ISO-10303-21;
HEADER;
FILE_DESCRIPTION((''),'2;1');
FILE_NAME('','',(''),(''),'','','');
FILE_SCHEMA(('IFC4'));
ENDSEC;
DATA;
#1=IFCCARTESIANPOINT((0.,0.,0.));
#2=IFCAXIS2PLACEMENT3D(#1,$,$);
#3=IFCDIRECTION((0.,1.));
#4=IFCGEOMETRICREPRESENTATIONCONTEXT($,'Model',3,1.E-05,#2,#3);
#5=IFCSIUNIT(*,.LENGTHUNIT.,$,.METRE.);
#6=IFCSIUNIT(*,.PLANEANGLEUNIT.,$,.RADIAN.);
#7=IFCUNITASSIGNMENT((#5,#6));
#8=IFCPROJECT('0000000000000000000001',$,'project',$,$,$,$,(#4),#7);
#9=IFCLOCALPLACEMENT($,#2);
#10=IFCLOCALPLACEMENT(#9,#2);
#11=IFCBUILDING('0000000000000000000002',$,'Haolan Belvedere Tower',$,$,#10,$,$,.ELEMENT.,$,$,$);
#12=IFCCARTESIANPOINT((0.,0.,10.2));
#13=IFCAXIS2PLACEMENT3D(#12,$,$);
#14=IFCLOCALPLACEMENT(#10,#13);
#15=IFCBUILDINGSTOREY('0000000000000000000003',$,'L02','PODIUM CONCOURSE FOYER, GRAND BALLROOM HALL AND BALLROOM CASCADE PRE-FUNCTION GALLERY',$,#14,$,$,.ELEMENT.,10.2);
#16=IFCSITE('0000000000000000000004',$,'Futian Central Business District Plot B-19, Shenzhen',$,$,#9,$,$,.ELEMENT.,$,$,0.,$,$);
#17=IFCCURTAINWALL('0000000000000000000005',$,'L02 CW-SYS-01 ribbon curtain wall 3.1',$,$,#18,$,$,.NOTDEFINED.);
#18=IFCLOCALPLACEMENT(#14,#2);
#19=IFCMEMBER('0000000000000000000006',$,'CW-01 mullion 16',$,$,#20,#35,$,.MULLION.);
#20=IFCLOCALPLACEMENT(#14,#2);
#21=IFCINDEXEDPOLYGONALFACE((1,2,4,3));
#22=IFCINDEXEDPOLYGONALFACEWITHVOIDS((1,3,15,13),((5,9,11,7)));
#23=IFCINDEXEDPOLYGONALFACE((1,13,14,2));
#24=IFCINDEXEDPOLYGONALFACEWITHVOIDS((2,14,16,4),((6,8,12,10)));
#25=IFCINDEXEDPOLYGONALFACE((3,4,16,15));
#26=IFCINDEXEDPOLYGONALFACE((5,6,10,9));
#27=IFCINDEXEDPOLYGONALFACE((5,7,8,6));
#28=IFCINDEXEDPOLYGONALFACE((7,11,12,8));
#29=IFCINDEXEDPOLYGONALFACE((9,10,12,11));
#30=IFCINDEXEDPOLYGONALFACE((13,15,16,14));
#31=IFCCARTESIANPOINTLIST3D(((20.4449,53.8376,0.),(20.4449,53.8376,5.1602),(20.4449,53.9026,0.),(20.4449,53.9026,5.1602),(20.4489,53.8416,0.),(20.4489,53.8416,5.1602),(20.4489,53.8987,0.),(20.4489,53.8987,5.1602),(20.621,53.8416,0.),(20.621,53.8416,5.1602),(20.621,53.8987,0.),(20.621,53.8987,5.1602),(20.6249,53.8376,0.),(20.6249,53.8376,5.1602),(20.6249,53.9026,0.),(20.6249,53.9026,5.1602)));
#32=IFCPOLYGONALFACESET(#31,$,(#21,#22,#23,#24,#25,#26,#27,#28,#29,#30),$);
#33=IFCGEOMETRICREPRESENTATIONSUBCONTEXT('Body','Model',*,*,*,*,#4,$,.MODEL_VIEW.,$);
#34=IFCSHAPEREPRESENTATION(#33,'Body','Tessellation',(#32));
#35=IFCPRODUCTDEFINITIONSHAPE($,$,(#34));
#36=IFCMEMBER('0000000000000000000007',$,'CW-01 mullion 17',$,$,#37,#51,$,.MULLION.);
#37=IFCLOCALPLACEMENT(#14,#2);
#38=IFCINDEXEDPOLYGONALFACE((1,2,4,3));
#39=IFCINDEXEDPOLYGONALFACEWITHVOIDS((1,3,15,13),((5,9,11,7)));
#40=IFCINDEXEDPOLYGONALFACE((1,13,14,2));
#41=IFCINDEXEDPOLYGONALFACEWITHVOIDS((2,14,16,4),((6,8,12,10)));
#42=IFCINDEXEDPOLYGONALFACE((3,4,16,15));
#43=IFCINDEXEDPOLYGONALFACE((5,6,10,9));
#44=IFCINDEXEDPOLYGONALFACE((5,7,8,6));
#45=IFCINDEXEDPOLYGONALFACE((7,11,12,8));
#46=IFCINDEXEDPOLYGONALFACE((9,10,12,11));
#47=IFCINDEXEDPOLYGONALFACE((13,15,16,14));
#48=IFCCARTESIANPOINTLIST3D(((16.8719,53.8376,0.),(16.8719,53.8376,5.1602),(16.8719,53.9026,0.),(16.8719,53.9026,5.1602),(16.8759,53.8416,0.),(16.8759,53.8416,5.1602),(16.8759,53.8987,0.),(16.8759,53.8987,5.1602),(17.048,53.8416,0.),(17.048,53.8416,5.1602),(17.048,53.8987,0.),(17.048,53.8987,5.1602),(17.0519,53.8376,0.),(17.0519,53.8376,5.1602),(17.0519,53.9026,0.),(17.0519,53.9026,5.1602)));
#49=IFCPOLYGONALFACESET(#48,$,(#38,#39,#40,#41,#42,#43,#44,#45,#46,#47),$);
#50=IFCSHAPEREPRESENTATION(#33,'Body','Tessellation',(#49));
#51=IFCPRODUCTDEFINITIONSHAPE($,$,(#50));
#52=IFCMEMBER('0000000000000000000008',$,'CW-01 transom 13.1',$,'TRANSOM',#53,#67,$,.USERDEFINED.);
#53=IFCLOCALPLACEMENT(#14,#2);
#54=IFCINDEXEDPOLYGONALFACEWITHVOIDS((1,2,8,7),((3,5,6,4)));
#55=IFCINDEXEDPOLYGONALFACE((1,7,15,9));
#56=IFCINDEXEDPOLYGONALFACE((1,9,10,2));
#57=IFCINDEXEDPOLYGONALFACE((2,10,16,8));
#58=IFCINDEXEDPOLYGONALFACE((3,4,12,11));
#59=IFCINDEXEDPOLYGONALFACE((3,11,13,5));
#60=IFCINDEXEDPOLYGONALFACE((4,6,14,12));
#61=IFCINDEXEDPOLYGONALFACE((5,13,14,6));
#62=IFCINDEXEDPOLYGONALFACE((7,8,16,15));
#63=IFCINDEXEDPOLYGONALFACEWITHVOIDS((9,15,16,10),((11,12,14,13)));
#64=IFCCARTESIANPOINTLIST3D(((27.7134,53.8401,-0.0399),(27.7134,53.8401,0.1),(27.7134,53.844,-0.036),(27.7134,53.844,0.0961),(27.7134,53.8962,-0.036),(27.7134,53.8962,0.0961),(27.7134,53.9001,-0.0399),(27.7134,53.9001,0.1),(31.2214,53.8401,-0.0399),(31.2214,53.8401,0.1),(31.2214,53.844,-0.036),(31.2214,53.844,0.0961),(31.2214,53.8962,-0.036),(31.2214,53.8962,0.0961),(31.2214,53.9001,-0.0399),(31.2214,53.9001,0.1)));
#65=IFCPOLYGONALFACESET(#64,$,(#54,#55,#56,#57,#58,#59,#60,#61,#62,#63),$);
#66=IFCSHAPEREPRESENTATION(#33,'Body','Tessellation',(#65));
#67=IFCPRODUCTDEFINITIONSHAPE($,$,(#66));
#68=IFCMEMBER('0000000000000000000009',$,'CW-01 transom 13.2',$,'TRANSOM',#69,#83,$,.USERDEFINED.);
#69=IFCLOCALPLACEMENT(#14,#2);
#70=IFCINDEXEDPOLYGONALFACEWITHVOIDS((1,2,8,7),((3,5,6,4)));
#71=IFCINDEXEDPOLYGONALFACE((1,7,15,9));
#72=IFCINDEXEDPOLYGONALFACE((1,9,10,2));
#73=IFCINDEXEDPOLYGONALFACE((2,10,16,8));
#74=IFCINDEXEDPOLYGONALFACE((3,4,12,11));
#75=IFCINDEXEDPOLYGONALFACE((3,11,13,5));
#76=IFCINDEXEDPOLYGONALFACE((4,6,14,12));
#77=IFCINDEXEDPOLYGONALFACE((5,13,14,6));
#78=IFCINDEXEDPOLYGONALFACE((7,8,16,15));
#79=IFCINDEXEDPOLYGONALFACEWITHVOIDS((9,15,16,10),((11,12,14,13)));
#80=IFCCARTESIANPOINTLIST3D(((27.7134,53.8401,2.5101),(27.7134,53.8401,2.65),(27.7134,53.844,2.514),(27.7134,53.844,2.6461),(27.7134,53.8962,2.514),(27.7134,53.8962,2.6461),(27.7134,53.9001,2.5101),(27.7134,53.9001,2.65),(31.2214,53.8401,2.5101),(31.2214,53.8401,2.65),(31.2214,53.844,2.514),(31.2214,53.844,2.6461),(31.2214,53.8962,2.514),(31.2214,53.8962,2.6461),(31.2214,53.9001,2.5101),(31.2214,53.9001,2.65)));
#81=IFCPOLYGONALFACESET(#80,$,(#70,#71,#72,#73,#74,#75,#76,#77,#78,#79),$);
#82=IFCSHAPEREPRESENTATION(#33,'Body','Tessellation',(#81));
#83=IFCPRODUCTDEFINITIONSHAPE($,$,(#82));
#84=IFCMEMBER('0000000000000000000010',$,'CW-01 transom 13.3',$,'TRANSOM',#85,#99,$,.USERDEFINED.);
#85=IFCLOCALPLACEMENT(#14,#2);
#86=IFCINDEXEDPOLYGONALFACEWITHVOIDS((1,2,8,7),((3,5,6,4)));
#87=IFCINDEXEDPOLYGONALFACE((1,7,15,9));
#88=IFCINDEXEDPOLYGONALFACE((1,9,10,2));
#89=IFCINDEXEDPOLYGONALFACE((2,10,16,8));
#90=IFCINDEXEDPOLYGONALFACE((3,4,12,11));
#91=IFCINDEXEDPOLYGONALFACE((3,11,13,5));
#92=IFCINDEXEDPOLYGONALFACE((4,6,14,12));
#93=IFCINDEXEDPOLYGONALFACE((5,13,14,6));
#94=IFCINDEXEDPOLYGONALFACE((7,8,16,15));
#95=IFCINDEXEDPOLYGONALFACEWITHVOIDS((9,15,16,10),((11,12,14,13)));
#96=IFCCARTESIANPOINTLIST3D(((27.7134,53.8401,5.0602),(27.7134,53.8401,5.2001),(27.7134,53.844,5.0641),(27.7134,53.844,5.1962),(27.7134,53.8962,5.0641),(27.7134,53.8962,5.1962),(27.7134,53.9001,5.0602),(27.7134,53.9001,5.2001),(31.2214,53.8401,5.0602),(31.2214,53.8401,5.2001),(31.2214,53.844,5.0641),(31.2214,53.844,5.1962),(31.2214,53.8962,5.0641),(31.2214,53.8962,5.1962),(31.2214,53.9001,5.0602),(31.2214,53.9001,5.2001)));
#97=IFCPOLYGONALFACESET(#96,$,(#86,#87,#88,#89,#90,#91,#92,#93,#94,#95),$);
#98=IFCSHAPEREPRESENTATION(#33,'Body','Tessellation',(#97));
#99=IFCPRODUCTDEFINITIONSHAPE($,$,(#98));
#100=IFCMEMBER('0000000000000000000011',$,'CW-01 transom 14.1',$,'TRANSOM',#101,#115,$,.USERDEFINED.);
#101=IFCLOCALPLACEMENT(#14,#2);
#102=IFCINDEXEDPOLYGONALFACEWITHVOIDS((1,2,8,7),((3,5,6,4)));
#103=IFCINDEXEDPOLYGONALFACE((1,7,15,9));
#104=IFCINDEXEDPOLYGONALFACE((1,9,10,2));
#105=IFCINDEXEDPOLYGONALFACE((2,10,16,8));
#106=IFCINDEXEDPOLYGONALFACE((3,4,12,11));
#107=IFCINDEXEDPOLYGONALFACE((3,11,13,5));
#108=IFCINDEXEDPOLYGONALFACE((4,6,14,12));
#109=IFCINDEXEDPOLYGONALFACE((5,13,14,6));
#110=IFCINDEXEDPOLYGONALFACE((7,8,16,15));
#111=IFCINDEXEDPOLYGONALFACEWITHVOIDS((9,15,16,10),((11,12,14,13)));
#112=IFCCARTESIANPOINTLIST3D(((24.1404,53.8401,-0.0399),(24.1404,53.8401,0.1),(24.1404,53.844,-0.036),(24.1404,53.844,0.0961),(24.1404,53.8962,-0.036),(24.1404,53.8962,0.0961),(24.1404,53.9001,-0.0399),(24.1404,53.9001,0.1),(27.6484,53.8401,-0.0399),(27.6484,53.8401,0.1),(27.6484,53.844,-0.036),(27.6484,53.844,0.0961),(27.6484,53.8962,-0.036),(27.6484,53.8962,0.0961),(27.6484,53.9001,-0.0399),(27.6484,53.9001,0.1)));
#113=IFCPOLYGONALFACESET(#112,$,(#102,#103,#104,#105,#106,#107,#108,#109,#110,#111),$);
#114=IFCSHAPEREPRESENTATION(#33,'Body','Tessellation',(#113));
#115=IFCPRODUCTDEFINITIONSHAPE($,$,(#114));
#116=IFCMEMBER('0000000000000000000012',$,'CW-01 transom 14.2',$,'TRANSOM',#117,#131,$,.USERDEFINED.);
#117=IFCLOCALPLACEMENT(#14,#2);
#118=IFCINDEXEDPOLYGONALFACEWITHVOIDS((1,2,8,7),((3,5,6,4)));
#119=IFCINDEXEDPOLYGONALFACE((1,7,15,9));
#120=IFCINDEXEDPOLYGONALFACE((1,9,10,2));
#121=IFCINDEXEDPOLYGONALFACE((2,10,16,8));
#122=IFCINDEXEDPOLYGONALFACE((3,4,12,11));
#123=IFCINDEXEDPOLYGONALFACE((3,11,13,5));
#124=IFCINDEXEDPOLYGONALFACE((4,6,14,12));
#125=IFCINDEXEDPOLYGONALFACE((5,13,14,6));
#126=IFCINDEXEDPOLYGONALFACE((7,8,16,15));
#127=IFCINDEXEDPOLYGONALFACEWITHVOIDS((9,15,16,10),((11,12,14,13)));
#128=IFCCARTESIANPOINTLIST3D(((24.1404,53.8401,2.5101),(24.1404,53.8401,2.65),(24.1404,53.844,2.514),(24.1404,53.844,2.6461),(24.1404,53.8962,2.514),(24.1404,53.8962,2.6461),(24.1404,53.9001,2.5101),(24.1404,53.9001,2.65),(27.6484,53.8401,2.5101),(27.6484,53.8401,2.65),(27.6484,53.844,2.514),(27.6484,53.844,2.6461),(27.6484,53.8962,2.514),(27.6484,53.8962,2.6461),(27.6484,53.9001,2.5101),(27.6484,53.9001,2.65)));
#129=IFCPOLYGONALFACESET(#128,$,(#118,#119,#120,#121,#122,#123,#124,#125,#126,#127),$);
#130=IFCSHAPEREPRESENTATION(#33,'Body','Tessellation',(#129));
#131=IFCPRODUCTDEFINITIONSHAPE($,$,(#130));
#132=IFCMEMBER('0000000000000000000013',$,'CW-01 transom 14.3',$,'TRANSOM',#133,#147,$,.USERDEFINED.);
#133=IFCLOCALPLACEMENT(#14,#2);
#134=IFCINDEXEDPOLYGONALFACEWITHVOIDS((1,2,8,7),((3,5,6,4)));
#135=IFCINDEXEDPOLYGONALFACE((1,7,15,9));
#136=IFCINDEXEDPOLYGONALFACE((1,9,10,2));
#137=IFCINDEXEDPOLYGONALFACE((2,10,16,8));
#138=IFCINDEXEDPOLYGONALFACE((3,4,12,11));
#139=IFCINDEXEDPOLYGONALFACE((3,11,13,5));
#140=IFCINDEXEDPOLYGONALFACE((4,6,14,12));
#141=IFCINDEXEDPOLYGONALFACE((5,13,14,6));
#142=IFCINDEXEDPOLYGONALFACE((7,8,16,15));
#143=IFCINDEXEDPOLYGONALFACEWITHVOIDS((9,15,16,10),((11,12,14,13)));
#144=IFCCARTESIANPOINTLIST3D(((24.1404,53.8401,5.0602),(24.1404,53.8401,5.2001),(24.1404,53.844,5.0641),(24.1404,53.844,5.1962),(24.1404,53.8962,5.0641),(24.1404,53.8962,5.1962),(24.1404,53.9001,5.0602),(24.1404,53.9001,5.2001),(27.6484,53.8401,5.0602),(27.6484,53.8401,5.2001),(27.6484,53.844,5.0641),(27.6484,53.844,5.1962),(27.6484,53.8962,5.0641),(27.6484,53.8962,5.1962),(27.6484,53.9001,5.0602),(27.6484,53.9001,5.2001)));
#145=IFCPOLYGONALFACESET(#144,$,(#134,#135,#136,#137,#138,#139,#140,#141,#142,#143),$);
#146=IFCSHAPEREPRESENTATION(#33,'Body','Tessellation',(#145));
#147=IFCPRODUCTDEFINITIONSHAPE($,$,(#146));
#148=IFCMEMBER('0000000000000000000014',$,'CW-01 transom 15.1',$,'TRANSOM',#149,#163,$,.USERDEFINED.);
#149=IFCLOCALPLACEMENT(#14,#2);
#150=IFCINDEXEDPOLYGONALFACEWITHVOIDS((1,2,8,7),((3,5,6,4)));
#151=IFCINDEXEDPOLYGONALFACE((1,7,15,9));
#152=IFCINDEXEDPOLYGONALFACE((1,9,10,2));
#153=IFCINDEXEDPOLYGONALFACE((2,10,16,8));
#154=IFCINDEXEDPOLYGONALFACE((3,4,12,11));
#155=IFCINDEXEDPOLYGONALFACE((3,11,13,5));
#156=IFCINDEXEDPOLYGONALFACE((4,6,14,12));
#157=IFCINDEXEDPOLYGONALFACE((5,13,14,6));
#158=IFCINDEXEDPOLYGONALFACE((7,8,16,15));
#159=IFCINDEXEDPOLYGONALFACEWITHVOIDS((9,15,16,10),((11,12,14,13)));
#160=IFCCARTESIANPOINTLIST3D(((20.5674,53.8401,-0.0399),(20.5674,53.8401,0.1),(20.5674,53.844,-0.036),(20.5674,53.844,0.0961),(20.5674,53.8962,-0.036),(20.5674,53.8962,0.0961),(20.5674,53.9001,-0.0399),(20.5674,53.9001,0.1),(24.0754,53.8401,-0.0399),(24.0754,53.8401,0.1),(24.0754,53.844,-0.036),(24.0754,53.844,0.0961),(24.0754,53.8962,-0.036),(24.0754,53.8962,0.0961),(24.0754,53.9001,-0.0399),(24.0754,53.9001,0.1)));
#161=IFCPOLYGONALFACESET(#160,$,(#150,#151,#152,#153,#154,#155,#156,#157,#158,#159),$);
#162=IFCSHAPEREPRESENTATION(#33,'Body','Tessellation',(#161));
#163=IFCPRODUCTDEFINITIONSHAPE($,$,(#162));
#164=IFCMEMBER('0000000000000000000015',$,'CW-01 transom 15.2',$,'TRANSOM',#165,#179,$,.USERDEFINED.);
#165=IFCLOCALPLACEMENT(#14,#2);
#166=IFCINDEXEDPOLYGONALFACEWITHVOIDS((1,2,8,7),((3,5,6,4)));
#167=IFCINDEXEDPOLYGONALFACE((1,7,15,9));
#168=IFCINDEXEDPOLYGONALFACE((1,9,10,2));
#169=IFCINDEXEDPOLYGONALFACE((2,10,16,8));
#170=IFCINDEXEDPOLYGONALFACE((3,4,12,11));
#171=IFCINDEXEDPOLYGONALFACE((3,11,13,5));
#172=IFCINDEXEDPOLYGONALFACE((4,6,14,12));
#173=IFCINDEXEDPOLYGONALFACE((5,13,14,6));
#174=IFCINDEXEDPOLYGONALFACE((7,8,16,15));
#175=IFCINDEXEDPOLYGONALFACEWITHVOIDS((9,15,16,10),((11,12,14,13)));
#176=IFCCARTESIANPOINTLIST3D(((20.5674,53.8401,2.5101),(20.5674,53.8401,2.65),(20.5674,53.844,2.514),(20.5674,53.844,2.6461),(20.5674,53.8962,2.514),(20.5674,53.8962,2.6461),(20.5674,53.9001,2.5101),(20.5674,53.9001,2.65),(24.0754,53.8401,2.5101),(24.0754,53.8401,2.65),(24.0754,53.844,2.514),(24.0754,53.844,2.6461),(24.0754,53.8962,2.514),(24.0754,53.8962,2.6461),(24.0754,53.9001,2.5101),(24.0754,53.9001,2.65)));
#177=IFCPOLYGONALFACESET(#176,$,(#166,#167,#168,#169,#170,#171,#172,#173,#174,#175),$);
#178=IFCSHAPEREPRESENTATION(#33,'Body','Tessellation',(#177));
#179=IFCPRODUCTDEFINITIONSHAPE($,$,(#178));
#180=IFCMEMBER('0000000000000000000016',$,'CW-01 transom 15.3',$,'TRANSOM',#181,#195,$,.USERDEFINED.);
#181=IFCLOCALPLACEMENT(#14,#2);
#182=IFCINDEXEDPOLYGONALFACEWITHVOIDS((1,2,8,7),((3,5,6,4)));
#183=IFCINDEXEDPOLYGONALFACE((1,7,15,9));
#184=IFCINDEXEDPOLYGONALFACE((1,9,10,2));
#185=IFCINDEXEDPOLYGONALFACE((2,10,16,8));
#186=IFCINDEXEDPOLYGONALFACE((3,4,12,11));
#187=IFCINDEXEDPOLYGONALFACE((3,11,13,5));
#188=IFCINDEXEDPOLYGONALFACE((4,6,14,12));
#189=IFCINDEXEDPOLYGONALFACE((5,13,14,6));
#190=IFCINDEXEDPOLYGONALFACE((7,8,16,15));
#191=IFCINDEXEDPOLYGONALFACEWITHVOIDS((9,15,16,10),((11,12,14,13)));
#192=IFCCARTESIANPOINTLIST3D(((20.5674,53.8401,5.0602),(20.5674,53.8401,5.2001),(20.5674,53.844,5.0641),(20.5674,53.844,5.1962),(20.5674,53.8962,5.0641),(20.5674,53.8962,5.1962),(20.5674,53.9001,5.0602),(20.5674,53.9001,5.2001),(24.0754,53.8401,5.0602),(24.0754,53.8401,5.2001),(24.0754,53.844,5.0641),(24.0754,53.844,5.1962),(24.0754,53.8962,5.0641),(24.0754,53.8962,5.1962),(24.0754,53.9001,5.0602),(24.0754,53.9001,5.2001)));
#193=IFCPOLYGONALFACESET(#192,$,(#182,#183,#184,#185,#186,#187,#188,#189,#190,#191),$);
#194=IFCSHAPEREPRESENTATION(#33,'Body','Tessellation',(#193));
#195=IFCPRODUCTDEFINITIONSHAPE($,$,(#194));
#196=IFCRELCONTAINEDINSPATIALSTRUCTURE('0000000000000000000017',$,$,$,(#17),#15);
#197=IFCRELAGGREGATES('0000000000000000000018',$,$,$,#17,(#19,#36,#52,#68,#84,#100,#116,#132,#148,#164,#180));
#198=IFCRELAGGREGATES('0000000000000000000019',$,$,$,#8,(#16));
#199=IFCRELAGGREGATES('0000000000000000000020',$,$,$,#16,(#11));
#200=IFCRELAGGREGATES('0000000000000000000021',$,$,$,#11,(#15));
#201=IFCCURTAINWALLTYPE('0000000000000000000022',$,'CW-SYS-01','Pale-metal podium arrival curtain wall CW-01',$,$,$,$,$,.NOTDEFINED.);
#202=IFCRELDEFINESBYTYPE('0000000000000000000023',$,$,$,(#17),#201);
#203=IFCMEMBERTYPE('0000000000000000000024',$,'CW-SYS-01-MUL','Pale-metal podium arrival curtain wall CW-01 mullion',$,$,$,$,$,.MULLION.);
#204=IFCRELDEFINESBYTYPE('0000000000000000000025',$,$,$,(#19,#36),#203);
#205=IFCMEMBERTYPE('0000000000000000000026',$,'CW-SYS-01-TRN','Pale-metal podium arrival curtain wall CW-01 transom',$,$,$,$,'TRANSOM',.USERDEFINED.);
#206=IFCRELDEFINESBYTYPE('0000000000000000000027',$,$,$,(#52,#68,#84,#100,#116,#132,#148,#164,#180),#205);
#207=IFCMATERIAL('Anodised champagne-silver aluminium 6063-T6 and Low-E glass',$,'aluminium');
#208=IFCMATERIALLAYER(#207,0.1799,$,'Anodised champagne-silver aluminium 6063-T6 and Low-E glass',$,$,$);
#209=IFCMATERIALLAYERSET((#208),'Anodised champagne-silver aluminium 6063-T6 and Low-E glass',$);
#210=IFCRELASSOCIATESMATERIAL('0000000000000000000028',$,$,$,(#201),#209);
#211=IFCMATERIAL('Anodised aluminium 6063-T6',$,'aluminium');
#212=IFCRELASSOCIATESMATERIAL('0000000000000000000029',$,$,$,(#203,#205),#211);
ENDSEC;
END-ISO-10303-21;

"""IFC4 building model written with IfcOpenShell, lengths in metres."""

from ifc_helpers import new_model, si_unit, direction, frame, origin, origin_2d, place, context, subcontext, project, spatial, hollow_rectangle, extrude, material, layer, layer_set, material_profile, profile_set, type_object, element, aggregate, save


model = new_model("IFC4")

# Units and contexts
model_context = context("Model", 3, precision=1e-05, world=origin(), true_north=direction((0.0, 1.0)))
body_context = subcontext(model_context, "Body", "Model", "MODEL_VIEW")
ifc_project = project(units=[si_unit("LENGTHUNIT", "METRE"), si_unit("PLANEANGLEUNIT", "RADIAN")], contexts=[model_context])

# Site, building, storey
site_placement = place(None, origin())
site = spatial("IfcSite", under=ifc_project, at=site_placement, Name="Futian Central Business District Plot B-19, Shenzhen", CompositionType="ELEMENT", RefElevation=0.0)
building_placement = place(site_placement, origin())
building = spatial("IfcBuilding", under=site, at=building_placement, Name="Haolan Belvedere Tower", CompositionType="ELEMENT")
storey_placement = place(building_placement, frame((0.0, 0.0, 10.2)))
storey = spatial("IfcBuildingStorey", under=building, at=storey_placement, Name="L02", Description="PODIUM CONCOURSE FOYER, GRAND BALLROOM HALL AND BALLROOM CASCADE PRE-FUNCTION GALLERY", CompositionType="ELEMENT", Elevation=10.2)

# Curtain wall, members
ifc_material_1 = material(Name="Anodised champagne-silver aluminium 6063-T6 and Low-E glass", Category="aluminium")
ifc_layer_1 = layer(ifc_material_1, 0.1799, Name="Anodised champagne-silver aluminium 6063-T6 and Low-E glass")
ifc_layer_set_1 = layer_set([ifc_layer_1], Name="Anodised champagne-silver aluminium 6063-T6 and Low-E glass")
curtain_wall_type = type_object("IfcCurtainWallType", Name="CW-SYS-01", Description="Pale-metal podium arrival curtain wall CW-01", PredefinedType="NOTDEFINED", material=ifc_layer_set_1)
curtain_wall_placement = place(storey_placement, origin())
curtain_wall = element("IfcCurtainWall", 1, at=curtain_wall_placement, inside=storey, type_object=curtain_wall_type, Name="L02 CW-SYS-01 ribbon curtain wall 3.1", PredefinedType="NOTDEFINED")
ifc_material_2 = material(Name="Anodised aluminium 6063-T6", Category="aluminium")
ifc_material_profile_1 = material_profile(ifc_material_2, hollow_rectangle(XDim=0.0649, YDim=0.1799, WallThickness=0.0039, at=origin_2d()), Name="Anodised aluminium 6063-T6")
ifc_profile_set_1 = profile_set([ifc_material_profile_1], Name="Anodised aluminium 6063-T6")
member_type_1 = type_object("IfcMemberType", Name="CW-SYS-01-MUL", Description="Pale-metal podium arrival curtain wall CW-01 mullion", PredefinedType="MULLION", material=ifc_profile_set_1)
member_1_placement = place(storey_placement, frame((20.5349, 53.8701, 0.0), z_axis=(0.0, 0.0, 1.0), x_axis=(0.0, -1.0, 0.0)))
member_1 = element("IfcMember", 2, at=member_1_placement, type_object=member_type_1, Name="CW-01 mullion 16", PredefinedType="MULLION", context=body_context, shape_type="SweptSolid", body=[
    extrude(hollow_rectangle(XDim=0.0649, YDim=0.1799, WallThickness=0.0039, at=origin_2d()), origin(), (0.0, 0.0, 1.0), 5.1602),
])
member_2_placement = place(storey_placement, frame((16.9619, 53.8701, 0.0), z_axis=(0.0, 0.0, 1.0), x_axis=(0.0, -1.0, 0.0)))
member_2 = element("IfcMember", 3, at=member_2_placement, type_object=member_type_1, Name="CW-01 mullion 17", PredefinedType="MULLION", context=body_context, shape_type="SweptSolid", body=[
    extrude(hollow_rectangle(XDim=0.0649, YDim=0.1799, WallThickness=0.0039, at=origin_2d()), origin(), (0.0, 0.0, 1.0), 5.1602),
])
ifc_material_profile_2 = material_profile(ifc_material_2, hollow_rectangle(XDim=0.0601, YDim=0.1399, WallThickness=0.0039, at=origin_2d()), Name="Anodised aluminium 6063-T6")
ifc_profile_set_2 = profile_set([ifc_material_profile_2], Name="Anodised aluminium 6063-T6")
member_type_2 = type_object("IfcMemberType", Name="CW-SYS-01-TRN", Description="Pale-metal podium arrival curtain wall CW-01 transom", ElementType="TRANSOM", PredefinedType="USERDEFINED", material=ifc_profile_set_2)
member_3_placement = place(storey_placement, frame((31.2214, 53.8701, 0.03), z_axis=(-1.0, 0.0, 0.0), x_axis=(0.0, -1.0, 0.0)))
member_3 = element("IfcMember", 4, at=member_3_placement, type_object=member_type_2, Name="CW-01 transom 13.1", ObjectType="TRANSOM", PredefinedType="USERDEFINED", context=body_context, shape_type="SweptSolid", body=[
    extrude(hollow_rectangle(XDim=0.0601, YDim=0.1399, WallThickness=0.0039, at=origin_2d()), origin(), (0.0, 0.0, 1.0), 3.5081),
])
member_4_placement = place(storey_placement, frame((31.2214, 53.8701, 2.5801), z_axis=(-1.0, 0.0, 0.0), x_axis=(0.0, -1.0, 0.0)))
member_4 = element("IfcMember", 5, at=member_4_placement, type_object=member_type_2, Name="CW-01 transom 13.2", ObjectType="TRANSOM", PredefinedType="USERDEFINED", context=body_context, shape_type="SweptSolid", body=[
    extrude(hollow_rectangle(XDim=0.0601, YDim=0.1399, WallThickness=0.0039, at=origin_2d()), origin(), (0.0, 0.0, 1.0), 3.5081),
])
member_5_placement = place(storey_placement, frame((31.2214, 53.8701, 5.1301), z_axis=(-1.0, 0.0, 0.0), x_axis=(0.0, -1.0, 0.0)))
member_5 = element("IfcMember", 6, at=member_5_placement, type_object=member_type_2, Name="CW-01 transom 13.3", ObjectType="TRANSOM", PredefinedType="USERDEFINED", context=body_context, shape_type="SweptSolid", body=[
    extrude(hollow_rectangle(XDim=0.0601, YDim=0.1399, WallThickness=0.0039, at=origin_2d()), origin(), (0.0, 0.0, 1.0), 3.5081),
])
member_6_placement = place(storey_placement, frame((27.6484, 53.8701, 0.03), z_axis=(-1.0, 0.0, 0.0), x_axis=(0.0, -1.0, 0.0)))
member_6 = element("IfcMember", 7, at=member_6_placement, type_object=member_type_2, Name="CW-01 transom 14.1", ObjectType="TRANSOM", PredefinedType="USERDEFINED", context=body_context, shape_type="SweptSolid", body=[
    extrude(hollow_rectangle(XDim=0.0601, YDim=0.1399, WallThickness=0.0039, at=origin_2d()), origin(), (0.0, 0.0, 1.0), 3.5081),
])
member_7_placement = place(storey_placement, frame((27.6484, 53.8701, 2.5801), z_axis=(-1.0, 0.0, 0.0), x_axis=(0.0, -1.0, 0.0)))
member_7 = element("IfcMember", 8, at=member_7_placement, type_object=member_type_2, Name="CW-01 transom 14.2", ObjectType="TRANSOM", PredefinedType="USERDEFINED", context=body_context, shape_type="SweptSolid", body=[
    extrude(hollow_rectangle(XDim=0.0601, YDim=0.1399, WallThickness=0.0039, at=origin_2d()), origin(), (0.0, 0.0, 1.0), 3.5081),
])
member_8_placement = place(storey_placement, frame((27.6484, 53.8701, 5.1301), z_axis=(-1.0, 0.0, 0.0), x_axis=(0.0, -1.0, 0.0)))
member_8 = element("IfcMember", 9, at=member_8_placement, type_object=member_type_2, Name="CW-01 transom 14.3", ObjectType="TRANSOM", PredefinedType="USERDEFINED", context=body_context, shape_type="SweptSolid", body=[
    extrude(hollow_rectangle(XDim=0.0601, YDim=0.1399, WallThickness=0.0039, at=origin_2d()), origin(), (0.0, 0.0, 1.0), 3.5081),
])
member_9_placement = place(storey_placement, frame((24.0754, 53.8701, 0.03), z_axis=(-1.0, 0.0, 0.0), x_axis=(0.0, -1.0, 0.0)))
member_9 = element("IfcMember", 10, at=member_9_placement, type_object=member_type_2, Name="CW-01 transom 15.1", ObjectType="TRANSOM", PredefinedType="USERDEFINED", context=body_context, shape_type="SweptSolid", body=[
    extrude(hollow_rectangle(XDim=0.0601, YDim=0.1399, WallThickness=0.0039, at=origin_2d()), origin(), (0.0, 0.0, 1.0), 3.5081),
])
member_10_placement = place(storey_placement, frame((24.0754, 53.8701, 2.5801), z_axis=(-1.0, 0.0, 0.0), x_axis=(0.0, -1.0, 0.0)))
member_10 = element("IfcMember", 11, at=member_10_placement, type_object=member_type_2, Name="CW-01 transom 15.2", ObjectType="TRANSOM", PredefinedType="USERDEFINED", context=body_context, shape_type="SweptSolid", body=[
    extrude(hollow_rectangle(XDim=0.0601, YDim=0.1399, WallThickness=0.0039, at=origin_2d()), origin(), (0.0, 0.0, 1.0), 3.5081),
])
member_11_placement = place(storey_placement, frame((24.0754, 53.8701, 5.1301), z_axis=(-1.0, 0.0, 0.0), x_axis=(0.0, -1.0, 0.0)))
member_11 = element("IfcMember", 12, at=member_11_placement, type_object=member_type_2, Name="CW-01 transom 15.3", ObjectType="TRANSOM", PredefinedType="USERDEFINED", context=body_context, shape_type="SweptSolid", body=[
    extrude(hollow_rectangle(XDim=0.0601, YDim=0.1399, WallThickness=0.0039, at=origin_2d()), origin(), (0.0, 0.0, 1.0), 3.5081),
])
aggregate(curtain_wall, [member_1, member_2, member_3, member_4, member_5, member_6, member_7, member_8, member_9, member_10, member_11])

save(model, "model.ifc")
